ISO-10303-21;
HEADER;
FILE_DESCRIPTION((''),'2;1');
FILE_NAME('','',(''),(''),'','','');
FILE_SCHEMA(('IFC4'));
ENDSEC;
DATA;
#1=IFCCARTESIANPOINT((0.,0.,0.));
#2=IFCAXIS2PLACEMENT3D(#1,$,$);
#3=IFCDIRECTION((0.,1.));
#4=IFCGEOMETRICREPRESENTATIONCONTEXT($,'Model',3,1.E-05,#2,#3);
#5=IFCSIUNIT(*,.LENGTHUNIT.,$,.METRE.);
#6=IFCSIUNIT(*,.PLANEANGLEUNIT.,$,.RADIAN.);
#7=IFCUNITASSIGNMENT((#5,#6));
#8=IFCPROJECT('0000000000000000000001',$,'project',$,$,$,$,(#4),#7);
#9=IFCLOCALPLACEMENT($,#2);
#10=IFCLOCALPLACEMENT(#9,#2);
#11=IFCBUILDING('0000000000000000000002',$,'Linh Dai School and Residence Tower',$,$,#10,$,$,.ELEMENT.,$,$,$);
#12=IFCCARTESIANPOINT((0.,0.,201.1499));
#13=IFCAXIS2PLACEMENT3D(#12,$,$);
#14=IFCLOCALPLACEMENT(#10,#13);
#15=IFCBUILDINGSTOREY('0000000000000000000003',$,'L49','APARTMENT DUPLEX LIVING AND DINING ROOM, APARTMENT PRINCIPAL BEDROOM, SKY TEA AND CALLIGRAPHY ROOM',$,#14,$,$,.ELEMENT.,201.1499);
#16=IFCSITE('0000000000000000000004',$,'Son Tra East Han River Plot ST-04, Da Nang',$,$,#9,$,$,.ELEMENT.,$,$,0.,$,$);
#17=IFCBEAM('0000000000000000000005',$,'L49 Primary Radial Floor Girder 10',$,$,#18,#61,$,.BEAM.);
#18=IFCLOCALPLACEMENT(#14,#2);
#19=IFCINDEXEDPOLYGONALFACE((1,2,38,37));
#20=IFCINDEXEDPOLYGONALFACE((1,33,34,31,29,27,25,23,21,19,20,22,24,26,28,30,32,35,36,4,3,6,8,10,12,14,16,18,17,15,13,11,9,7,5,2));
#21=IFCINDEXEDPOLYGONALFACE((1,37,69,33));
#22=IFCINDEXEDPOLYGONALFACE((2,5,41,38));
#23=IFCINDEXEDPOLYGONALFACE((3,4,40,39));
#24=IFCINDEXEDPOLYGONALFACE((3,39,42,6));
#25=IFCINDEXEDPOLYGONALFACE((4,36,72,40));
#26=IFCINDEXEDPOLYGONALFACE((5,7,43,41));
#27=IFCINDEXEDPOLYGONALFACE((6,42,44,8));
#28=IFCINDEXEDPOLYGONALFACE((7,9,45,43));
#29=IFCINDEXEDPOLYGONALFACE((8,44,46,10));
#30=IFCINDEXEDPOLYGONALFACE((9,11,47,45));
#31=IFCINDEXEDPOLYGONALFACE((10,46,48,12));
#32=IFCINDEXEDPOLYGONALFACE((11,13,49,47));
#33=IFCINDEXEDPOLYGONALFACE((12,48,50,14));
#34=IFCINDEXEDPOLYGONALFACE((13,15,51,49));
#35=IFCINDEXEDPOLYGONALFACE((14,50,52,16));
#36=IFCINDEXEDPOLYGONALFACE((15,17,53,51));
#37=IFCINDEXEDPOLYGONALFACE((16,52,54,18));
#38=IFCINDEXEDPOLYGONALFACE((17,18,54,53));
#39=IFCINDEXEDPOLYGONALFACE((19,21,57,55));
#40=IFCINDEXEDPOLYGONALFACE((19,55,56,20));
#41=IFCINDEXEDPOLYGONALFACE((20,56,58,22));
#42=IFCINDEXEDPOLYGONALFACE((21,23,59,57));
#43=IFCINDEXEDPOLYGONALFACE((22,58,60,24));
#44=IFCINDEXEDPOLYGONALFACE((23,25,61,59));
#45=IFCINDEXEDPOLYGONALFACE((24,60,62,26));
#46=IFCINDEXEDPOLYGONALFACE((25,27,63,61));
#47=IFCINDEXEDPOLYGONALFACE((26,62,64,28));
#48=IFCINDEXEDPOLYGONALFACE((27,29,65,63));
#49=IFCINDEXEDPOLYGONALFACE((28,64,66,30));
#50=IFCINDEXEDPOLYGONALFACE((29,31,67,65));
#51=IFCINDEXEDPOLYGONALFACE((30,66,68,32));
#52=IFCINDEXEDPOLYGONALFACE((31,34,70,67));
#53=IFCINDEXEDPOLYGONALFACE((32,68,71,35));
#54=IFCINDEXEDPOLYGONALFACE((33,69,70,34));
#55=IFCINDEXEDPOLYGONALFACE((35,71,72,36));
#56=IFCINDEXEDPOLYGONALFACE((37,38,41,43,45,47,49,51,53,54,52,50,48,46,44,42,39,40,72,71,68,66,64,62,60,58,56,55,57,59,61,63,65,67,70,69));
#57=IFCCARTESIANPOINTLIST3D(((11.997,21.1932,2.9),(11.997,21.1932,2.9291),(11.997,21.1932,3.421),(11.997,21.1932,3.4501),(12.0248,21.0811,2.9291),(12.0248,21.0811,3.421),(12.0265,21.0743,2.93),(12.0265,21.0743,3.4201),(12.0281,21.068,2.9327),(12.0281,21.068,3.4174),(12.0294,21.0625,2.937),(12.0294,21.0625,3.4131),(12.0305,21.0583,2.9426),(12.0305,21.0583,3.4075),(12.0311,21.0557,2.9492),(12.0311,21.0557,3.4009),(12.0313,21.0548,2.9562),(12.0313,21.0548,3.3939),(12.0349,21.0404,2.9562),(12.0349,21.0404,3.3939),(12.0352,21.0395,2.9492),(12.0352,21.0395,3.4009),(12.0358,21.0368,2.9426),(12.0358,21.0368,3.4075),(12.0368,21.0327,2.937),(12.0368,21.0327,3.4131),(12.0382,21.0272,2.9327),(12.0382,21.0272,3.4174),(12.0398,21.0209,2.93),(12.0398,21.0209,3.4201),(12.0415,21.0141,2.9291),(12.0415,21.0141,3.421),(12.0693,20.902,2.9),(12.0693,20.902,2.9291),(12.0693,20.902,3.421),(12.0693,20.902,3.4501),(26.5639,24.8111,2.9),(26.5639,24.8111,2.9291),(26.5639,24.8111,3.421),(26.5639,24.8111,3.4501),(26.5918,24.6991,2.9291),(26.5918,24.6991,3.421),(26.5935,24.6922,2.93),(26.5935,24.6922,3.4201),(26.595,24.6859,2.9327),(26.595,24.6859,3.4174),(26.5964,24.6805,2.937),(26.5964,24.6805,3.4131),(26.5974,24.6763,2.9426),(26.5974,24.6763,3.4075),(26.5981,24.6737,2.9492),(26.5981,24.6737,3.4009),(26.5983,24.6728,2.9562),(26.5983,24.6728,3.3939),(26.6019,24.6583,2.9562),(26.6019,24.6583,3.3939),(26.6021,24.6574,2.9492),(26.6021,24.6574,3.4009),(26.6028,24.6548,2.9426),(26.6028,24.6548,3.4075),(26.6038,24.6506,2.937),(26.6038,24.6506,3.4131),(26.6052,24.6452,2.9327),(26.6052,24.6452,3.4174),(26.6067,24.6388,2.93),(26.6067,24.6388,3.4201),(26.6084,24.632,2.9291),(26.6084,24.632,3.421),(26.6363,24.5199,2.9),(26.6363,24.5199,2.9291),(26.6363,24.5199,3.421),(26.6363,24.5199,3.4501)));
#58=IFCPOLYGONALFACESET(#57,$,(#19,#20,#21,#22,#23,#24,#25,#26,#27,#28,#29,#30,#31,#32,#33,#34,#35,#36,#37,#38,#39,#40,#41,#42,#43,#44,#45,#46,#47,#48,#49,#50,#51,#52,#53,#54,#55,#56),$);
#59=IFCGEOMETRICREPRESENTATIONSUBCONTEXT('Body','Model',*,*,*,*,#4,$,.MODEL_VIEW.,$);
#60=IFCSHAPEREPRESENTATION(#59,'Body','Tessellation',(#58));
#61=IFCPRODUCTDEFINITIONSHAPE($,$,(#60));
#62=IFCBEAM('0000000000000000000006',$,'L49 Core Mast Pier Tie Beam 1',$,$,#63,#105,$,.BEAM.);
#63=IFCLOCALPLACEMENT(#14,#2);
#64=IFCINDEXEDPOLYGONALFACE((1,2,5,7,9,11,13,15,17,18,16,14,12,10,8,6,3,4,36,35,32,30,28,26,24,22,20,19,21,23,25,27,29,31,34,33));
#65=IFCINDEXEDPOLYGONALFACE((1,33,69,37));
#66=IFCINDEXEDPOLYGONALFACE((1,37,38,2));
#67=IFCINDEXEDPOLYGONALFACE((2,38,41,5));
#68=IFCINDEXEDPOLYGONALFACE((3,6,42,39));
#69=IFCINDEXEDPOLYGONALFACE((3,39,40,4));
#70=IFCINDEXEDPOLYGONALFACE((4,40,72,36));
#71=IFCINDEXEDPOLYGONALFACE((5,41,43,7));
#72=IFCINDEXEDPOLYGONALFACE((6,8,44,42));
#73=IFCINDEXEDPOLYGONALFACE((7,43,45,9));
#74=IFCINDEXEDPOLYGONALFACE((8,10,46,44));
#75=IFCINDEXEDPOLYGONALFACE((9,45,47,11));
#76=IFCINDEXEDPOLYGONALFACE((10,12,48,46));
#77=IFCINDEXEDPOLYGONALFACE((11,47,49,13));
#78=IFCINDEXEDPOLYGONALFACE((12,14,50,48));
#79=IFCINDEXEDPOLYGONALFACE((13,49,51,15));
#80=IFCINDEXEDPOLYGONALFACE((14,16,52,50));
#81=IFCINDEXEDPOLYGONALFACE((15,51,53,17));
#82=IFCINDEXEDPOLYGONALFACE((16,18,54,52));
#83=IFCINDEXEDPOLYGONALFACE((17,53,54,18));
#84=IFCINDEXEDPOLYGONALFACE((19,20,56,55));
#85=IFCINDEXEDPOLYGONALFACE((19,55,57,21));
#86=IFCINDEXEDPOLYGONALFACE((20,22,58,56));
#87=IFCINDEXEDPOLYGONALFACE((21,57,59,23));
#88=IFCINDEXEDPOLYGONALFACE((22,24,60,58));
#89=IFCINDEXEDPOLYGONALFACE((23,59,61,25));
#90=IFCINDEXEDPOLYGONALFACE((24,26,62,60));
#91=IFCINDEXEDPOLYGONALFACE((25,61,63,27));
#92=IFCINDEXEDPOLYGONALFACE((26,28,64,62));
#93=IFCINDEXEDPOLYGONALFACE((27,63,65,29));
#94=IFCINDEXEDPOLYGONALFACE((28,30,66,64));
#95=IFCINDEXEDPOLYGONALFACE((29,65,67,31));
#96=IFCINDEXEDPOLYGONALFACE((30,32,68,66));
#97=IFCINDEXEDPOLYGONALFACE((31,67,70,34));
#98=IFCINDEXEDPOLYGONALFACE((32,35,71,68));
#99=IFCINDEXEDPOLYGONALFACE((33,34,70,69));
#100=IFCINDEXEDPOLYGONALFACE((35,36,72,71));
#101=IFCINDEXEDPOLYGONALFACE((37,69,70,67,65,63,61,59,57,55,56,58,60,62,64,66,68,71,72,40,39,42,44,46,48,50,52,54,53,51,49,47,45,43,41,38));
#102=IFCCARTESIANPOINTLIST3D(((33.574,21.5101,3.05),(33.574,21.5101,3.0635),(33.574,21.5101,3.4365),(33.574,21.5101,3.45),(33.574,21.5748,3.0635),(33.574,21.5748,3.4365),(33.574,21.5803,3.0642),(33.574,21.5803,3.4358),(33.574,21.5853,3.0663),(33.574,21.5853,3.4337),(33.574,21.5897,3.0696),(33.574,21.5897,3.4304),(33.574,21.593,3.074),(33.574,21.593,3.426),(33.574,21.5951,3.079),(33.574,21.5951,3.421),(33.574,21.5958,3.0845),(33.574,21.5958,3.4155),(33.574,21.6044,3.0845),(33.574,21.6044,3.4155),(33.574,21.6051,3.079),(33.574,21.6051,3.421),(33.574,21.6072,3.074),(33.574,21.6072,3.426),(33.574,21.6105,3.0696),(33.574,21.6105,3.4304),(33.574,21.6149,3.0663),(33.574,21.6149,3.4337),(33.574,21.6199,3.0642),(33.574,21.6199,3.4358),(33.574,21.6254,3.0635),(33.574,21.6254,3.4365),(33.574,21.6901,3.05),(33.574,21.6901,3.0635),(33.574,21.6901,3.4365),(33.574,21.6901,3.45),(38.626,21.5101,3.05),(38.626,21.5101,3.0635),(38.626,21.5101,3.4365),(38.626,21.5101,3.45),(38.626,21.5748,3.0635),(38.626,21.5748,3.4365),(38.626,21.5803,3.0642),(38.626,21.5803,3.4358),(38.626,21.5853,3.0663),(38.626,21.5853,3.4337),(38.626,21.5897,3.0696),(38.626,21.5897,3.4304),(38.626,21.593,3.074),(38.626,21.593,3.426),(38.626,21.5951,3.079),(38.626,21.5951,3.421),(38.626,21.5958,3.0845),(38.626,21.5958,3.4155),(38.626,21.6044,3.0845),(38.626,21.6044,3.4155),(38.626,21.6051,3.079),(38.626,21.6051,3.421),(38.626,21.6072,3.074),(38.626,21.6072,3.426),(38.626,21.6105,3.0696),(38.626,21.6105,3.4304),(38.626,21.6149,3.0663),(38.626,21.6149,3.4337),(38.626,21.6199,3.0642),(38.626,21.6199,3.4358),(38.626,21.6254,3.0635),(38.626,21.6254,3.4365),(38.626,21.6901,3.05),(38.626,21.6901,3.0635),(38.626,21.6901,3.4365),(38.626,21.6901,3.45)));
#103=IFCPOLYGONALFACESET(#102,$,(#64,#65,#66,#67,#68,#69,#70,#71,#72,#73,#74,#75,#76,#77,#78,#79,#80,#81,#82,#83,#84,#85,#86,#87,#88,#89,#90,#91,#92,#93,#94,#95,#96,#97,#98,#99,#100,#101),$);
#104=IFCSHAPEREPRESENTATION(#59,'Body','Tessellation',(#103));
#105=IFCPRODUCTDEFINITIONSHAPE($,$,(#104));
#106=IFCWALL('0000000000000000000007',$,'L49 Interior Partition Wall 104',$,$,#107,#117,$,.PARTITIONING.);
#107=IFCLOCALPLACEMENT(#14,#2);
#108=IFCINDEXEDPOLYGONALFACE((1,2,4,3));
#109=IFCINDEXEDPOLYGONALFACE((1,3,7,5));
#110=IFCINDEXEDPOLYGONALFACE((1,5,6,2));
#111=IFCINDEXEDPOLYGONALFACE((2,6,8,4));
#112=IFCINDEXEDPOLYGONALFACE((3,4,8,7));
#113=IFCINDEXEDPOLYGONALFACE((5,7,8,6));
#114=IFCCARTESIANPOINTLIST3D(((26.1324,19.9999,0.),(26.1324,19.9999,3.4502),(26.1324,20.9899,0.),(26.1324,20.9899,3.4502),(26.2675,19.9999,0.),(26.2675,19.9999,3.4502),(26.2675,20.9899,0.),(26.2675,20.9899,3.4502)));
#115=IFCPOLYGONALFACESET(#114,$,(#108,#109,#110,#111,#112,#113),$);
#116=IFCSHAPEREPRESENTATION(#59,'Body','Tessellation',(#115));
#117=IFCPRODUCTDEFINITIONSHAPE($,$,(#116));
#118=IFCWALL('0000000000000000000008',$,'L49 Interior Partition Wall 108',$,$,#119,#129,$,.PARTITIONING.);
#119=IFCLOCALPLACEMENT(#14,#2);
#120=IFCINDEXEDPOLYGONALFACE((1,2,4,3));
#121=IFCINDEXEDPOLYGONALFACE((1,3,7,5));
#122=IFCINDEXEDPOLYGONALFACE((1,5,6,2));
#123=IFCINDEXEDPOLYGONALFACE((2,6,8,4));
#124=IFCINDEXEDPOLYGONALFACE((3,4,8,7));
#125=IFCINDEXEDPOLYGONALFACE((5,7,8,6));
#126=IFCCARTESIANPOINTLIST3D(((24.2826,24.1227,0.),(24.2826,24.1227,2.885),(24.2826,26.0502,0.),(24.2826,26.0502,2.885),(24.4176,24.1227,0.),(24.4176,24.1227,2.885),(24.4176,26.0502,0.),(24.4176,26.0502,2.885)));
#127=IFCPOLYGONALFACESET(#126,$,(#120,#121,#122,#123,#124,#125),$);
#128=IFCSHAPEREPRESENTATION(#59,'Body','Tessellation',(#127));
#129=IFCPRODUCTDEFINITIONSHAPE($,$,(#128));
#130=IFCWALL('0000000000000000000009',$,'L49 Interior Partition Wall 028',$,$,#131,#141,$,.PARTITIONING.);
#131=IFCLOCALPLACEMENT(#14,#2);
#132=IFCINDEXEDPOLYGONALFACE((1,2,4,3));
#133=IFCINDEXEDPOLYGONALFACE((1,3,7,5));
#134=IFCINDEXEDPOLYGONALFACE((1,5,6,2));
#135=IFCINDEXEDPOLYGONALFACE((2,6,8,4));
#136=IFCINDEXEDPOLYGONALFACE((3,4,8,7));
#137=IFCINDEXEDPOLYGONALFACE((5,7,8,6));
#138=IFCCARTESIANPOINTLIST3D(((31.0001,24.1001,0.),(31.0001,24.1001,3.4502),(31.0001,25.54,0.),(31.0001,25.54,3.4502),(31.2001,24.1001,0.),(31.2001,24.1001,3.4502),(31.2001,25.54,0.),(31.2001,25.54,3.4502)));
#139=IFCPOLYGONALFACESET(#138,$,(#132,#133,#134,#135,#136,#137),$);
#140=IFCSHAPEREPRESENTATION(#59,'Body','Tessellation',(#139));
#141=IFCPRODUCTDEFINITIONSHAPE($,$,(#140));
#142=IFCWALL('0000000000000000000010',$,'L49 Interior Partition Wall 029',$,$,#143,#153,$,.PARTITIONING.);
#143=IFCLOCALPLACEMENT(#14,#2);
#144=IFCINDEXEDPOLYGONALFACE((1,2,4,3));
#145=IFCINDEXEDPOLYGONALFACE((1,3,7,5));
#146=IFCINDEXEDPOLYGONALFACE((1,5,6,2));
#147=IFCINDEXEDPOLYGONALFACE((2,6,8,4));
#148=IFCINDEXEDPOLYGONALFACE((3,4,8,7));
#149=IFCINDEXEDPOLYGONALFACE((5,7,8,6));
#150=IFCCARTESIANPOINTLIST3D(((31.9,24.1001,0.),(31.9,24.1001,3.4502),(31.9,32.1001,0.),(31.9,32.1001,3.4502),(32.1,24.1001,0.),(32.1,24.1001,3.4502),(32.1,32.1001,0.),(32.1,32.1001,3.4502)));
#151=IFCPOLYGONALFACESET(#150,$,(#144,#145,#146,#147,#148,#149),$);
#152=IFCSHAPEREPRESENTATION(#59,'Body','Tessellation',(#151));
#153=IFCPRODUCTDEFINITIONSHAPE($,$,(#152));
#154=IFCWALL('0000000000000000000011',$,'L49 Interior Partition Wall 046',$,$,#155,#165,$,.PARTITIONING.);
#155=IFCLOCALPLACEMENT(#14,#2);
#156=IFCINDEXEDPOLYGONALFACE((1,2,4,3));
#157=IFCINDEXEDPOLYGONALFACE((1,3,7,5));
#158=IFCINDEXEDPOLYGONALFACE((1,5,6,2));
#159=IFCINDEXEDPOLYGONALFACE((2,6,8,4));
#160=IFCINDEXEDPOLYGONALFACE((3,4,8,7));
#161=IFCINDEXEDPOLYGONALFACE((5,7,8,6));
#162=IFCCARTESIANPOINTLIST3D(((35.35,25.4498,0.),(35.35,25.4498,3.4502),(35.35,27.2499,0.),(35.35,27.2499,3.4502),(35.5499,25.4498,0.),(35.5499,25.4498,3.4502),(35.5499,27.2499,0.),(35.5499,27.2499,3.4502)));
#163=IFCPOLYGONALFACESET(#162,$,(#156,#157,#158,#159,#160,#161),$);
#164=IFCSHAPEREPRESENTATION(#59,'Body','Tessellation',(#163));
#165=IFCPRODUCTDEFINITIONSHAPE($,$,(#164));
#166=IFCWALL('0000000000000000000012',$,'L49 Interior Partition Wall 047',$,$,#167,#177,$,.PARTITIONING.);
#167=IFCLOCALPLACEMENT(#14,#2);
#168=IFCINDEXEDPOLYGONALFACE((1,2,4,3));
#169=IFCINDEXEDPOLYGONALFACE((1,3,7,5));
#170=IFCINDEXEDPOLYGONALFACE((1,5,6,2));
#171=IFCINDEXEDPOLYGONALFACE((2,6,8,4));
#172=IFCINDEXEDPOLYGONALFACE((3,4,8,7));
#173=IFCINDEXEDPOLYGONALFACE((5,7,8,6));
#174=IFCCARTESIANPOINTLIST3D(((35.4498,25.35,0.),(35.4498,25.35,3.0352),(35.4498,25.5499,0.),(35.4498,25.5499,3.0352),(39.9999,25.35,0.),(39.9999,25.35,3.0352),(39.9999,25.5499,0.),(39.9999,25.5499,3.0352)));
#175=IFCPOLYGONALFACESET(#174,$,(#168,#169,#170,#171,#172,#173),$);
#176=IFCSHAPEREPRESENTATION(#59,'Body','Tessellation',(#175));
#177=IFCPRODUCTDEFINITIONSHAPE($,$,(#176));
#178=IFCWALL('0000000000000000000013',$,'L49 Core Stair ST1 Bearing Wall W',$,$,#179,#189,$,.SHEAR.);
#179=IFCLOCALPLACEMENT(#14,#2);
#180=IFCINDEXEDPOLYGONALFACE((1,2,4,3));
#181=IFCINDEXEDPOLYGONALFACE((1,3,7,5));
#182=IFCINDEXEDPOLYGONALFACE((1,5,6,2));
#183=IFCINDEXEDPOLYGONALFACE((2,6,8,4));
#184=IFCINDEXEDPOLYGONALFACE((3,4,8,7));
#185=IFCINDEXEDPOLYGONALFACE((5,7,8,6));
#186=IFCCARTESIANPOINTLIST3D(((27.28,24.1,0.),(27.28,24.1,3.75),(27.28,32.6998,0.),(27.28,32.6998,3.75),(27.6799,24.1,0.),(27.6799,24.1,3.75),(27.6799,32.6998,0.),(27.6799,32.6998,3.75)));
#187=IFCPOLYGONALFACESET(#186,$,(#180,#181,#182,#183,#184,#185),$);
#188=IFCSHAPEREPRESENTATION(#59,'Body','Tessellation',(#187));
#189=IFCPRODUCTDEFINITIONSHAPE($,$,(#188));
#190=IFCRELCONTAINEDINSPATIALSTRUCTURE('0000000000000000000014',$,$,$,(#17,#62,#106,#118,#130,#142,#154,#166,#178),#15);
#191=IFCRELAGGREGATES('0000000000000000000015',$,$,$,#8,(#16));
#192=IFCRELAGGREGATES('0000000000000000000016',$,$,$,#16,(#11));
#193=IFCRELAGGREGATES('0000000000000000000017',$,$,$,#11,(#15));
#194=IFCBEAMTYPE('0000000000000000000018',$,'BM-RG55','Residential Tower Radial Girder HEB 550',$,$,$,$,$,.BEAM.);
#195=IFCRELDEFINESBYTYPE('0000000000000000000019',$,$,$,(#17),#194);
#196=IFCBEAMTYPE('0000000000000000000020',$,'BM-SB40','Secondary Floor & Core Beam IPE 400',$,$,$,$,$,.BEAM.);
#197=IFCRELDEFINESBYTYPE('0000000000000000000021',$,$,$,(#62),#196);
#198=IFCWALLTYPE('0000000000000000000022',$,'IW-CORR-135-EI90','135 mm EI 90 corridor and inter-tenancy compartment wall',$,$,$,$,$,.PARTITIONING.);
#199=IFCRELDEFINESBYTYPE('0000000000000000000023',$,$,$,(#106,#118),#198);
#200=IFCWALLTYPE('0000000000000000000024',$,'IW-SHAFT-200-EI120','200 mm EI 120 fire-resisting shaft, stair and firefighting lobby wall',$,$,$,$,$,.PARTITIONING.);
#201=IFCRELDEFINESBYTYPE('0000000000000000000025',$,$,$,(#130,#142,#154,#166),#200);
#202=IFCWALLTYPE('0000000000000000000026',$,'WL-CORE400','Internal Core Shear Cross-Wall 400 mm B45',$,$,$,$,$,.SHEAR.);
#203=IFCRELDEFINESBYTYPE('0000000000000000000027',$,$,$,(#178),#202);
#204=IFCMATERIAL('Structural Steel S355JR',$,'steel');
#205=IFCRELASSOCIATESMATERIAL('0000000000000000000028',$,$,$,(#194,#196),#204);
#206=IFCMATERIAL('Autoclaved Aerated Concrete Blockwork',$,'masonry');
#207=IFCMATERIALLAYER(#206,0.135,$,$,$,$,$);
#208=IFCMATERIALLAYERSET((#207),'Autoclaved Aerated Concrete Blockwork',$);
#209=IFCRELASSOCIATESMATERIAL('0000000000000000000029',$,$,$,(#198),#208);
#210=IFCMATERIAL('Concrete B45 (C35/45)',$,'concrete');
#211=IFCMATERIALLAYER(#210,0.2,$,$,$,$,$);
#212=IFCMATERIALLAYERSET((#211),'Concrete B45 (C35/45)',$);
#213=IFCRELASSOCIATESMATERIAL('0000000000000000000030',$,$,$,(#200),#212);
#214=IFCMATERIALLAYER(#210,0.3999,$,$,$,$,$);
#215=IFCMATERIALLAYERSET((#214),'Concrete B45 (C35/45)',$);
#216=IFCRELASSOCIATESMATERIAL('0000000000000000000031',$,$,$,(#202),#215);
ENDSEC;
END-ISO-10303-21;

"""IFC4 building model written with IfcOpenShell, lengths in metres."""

from ifc_helpers import new_model, si_unit, direction, frame, frame_2d, origin, origin_2d, place, context, subcontext, project, spatial, rectangle, i_section, extrude, material, layer, layer_set, material_profile, profile_set, type_object, element, save


model = new_model("IFC4")

# Units and contexts
model_context = context("Model", 3, precision=1e-05, world=origin(), true_north=direction((0.0, 1.0)))
body_context = subcontext(model_context, "Body", "Model", "MODEL_VIEW")
ifc_project = project(units=[si_unit("LENGTHUNIT", "METRE"), si_unit("PLANEANGLEUNIT", "RADIAN")], contexts=[model_context])

# Site, building, storey
site_placement = place(None, origin())
site = spatial("IfcSite", under=ifc_project, at=site_placement, Name="Son Tra East Han River Plot ST-04, Da Nang", CompositionType="ELEMENT", RefElevation=0.0)
building_placement = place(site_placement, origin())
building = spatial("IfcBuilding", under=site, at=building_placement, Name="Linh Dai School and Residence Tower", CompositionType="ELEMENT")
storey_placement = place(building_placement, frame((0.0, 0.0, 201.1499)))
storey = spatial("IfcBuildingStorey", under=building, at=storey_placement, Name="L49", Description="APARTMENT DUPLEX LIVING AND DINING ROOM, APARTMENT PRINCIPAL BEDROOM, SKY TEA AND CALLIGRAPHY ROOM", CompositionType="ELEMENT", Elevation=201.1499)

# Shared definitions
ifc_material_1 = material(Name="Structural Steel S355JR", Category="steel")

# Beams
ifc_material_profile_1 = material_profile(ifc_material_1, i_section(OverallWidth=0.3, OverallDepth=0.55, WebThickness=0.0149, FlangeThickness=0.0291, FilletRadius=0.0271, at=origin_2d()), Name="HEB 550")
ifc_profile_set_1 = profile_set([ifc_material_profile_1], Name="Structural Steel S355JR")
beam_type_1 = type_object("IfcBeamType", Name="BM-RG55", Description="Residential Tower Radial Girder HEB 550", PredefinedType="BEAM", material=ifc_profile_set_1)
beam_1_placement = place(storey_placement, frame((26.6001, 24.6655, 3.175), z_axis=(-0.970515, -0.241043, 0.0), x_axis=(0.241043, -0.970515, 0.0)))
element("IfcBeam", 1, at=beam_1_placement, inside=storey, type_object=beam_type_1, Name="L49 Primary Radial Floor Girder 10", PredefinedType="BEAM", context=body_context, shape_type="SweptSolid", body=[
    extrude(i_section(OverallWidth=0.3, OverallDepth=0.55, WebThickness=0.0149, FlangeThickness=0.0291, FilletRadius=0.0271, at=origin_2d()), origin(), (0.0, 0.0, 1.0), 15.0095),
])
ifc_material_profile_2 = material_profile(ifc_material_1, i_section(OverallWidth=0.1799, OverallDepth=0.3999, WebThickness=0.0085, FlangeThickness=0.0134, FilletRadius=0.021, at=origin_2d()), Name="IPE 400")
ifc_profile_set_2 = profile_set([ifc_material_profile_2], Name="Structural Steel S355JR")
beam_type_2 = type_object("IfcBeamType", Name="BM-SB40", Description="Secondary Floor & Core Beam IPE 400", PredefinedType="BEAM", material=ifc_profile_set_2)
beam_2_placement = place(storey_placement, frame((33.574, 21.6001, 3.25), z_axis=(1.0, 0.0, 0.0), x_axis=(0.0, 1.0, 0.0)))
element("IfcBeam", 2, at=beam_2_placement, inside=storey, type_object=beam_type_2, Name="L49 Core Mast Pier Tie Beam 1", PredefinedType="BEAM", context=body_context, shape_type="SweptSolid", body=[
    extrude(i_section(OverallWidth=0.1799, OverallDepth=0.3999, WebThickness=0.0085, FlangeThickness=0.0134, FilletRadius=0.021, at=origin_2d()), origin(), (0.0, 0.0, 1.0), 5.052),
])

# Shared definitions
ifc_material_2 = material(Name="Autoclaved Aerated Concrete Blockwork", Category="masonry")
ifc_layer_1 = layer(ifc_material_2, 0.135)
ifc_layer_set_1 = layer_set([ifc_layer_1], Name="Autoclaved Aerated Concrete Blockwork")
wall_type_1 = type_object("IfcWallType", Name="IW-CORR-135-EI90", Description="135 mm EI 90 corridor and inter-tenancy compartment wall", PredefinedType="PARTITIONING", material=ifc_layer_set_1)

# Walls
wall_1_placement = place(storey_placement, frame((26.2, 20.99, 0.0), z_axis=(0.0, 0.0, 1.0), x_axis=(0.0, -1.0, 0.0)))
element("IfcWall", 3, at=wall_1_placement, inside=storey, type_object=wall_type_1, Name="L49 Interior Partition Wall 104", PredefinedType="PARTITIONING", context=body_context, shape_type="SweptSolid", body=[
    extrude(rectangle(XDim=0.99, YDim=0.135, at=frame_2d((0.4951, 0.0))), origin(), (0.0, 0.0, 1.0), 3.4502),
])
wall_2_placement = place(storey_placement, frame((24.3501, 24.1226, 0.0), z_axis=(0.0, 0.0, 1.0), x_axis=(0.0, 1.0, 0.0)))
element("IfcWall", 4, at=wall_2_placement, inside=storey, type_object=wall_type_1, Name="L49 Interior Partition Wall 108", PredefinedType="PARTITIONING", context=body_context, shape_type="SweptSolid", body=[
    extrude(rectangle(XDim=1.9275, YDim=0.135, at=frame_2d((0.9639, 0.0))), origin(), (0.0, 0.0, 1.0), 2.885),
])

# Shared definitions
ifc_material_3 = material(Name="Concrete B45 (C35/45)", Category="concrete")
ifc_layer_2 = layer(ifc_material_3, 0.2)
ifc_layer_set_2 = layer_set([ifc_layer_2], Name="Concrete B45 (C35/45)")
wall_type_2 = type_object("IfcWallType", Name="IW-SHAFT-200-EI120", Description="200 mm EI 120 fire-resisting shaft, stair and firefighting lobby wall", PredefinedType="PARTITIONING", material=ifc_layer_set_2)

# Walls
wall_3_placement = place(storey_placement, frame((31.1001, 24.1001, 0.0), z_axis=(0.0, 0.0, 1.0), x_axis=(0.0, 1.0, 0.0)))
element("IfcWall", 5, at=wall_3_placement, inside=storey, type_object=wall_type_2, Name="L49 Interior Partition Wall 028", PredefinedType="PARTITIONING", context=body_context, shape_type="SweptSolid", body=[
    extrude(rectangle(XDim=1.4399, YDim=0.2, at=frame_2d((0.72, 0.0))), origin(), (0.0, 0.0, 1.0), 3.4502),
])
wall_4_placement = place(storey_placement, frame((32.0, 24.1001, 0.0), z_axis=(0.0, 0.0, 1.0), x_axis=(0.0, 1.0, 0.0)))
element("IfcWall", 6, at=wall_4_placement, inside=storey, type_object=wall_type_2, Name="L49 Interior Partition Wall 029", PredefinedType="PARTITIONING", context=body_context, shape_type="SweptSolid", body=[
    extrude(rectangle(XDim=8.0, YDim=0.2, at=frame_2d((4.0, 0.0))), origin(), (0.0, 0.0, 1.0), 3.4502),
])

# Walls
wall_5_placement = place(storey_placement, frame((35.45, 25.45, 0.0), z_axis=(0.0, 0.0, 1.0), x_axis=(0.0, 1.0, 0.0)))
element("IfcWall", 7, at=wall_5_placement, inside=storey, type_object=wall_type_2, Name="L49 Interior Partition Wall 046", PredefinedType="PARTITIONING", context=body_context, shape_type="SweptSolid", body=[
    extrude(rectangle(XDim=1.8, YDim=0.2, at=frame_2d((0.8999, 0.0))), origin(), (0.0, 0.0, 1.0), 3.4502),
])
wall_6_placement = place(storey_placement, frame((35.45, 25.45, 0.0), z_axis=(0.0, 0.0, 1.0), x_axis=(1.0, 0.0, 0.0)))
element("IfcWall", 8, at=wall_6_placement, inside=storey, type_object=wall_type_2, Name="L49 Interior Partition Wall 047", PredefinedType="PARTITIONING", context=body_context, shape_type="SweptSolid", body=[
    extrude(rectangle(XDim=4.55, YDim=0.2, at=frame_2d((2.2749, 0.0))), origin(), (0.0, 0.0, 1.0), 3.0352),
])
ifc_layer_3 = layer(ifc_material_3, 0.3999)
ifc_layer_set_3 = layer_set([ifc_layer_3], Name="Concrete B45 (C35/45)")
wall_type_3 = type_object("IfcWallType", Name="WL-CORE400", Description="Internal Core Shear Cross-Wall 400 mm B45", PredefinedType="SHEAR", material=ifc_layer_set_3)
wall_7_placement = place(storey_placement, frame((27.48, 24.1001, 0.0), z_axis=(0.0, 0.0, 1.0), x_axis=(0.0, 1.0, 0.0)))
element("IfcWall", 9, at=wall_7_placement, inside=storey, type_object=wall_type_3, Name="L49 Core Stair ST1 Bearing Wall W", PredefinedType="SHEAR", context=body_context, shape_type="SweptSolid", body=[
    extrude(rectangle(XDim=8.5999, YDim=0.3999, at=frame_2d((4.2998, 0.0))), origin(), (0.0, 0.0, 1.0), 3.75),
])

save(model, "model.ifc")
